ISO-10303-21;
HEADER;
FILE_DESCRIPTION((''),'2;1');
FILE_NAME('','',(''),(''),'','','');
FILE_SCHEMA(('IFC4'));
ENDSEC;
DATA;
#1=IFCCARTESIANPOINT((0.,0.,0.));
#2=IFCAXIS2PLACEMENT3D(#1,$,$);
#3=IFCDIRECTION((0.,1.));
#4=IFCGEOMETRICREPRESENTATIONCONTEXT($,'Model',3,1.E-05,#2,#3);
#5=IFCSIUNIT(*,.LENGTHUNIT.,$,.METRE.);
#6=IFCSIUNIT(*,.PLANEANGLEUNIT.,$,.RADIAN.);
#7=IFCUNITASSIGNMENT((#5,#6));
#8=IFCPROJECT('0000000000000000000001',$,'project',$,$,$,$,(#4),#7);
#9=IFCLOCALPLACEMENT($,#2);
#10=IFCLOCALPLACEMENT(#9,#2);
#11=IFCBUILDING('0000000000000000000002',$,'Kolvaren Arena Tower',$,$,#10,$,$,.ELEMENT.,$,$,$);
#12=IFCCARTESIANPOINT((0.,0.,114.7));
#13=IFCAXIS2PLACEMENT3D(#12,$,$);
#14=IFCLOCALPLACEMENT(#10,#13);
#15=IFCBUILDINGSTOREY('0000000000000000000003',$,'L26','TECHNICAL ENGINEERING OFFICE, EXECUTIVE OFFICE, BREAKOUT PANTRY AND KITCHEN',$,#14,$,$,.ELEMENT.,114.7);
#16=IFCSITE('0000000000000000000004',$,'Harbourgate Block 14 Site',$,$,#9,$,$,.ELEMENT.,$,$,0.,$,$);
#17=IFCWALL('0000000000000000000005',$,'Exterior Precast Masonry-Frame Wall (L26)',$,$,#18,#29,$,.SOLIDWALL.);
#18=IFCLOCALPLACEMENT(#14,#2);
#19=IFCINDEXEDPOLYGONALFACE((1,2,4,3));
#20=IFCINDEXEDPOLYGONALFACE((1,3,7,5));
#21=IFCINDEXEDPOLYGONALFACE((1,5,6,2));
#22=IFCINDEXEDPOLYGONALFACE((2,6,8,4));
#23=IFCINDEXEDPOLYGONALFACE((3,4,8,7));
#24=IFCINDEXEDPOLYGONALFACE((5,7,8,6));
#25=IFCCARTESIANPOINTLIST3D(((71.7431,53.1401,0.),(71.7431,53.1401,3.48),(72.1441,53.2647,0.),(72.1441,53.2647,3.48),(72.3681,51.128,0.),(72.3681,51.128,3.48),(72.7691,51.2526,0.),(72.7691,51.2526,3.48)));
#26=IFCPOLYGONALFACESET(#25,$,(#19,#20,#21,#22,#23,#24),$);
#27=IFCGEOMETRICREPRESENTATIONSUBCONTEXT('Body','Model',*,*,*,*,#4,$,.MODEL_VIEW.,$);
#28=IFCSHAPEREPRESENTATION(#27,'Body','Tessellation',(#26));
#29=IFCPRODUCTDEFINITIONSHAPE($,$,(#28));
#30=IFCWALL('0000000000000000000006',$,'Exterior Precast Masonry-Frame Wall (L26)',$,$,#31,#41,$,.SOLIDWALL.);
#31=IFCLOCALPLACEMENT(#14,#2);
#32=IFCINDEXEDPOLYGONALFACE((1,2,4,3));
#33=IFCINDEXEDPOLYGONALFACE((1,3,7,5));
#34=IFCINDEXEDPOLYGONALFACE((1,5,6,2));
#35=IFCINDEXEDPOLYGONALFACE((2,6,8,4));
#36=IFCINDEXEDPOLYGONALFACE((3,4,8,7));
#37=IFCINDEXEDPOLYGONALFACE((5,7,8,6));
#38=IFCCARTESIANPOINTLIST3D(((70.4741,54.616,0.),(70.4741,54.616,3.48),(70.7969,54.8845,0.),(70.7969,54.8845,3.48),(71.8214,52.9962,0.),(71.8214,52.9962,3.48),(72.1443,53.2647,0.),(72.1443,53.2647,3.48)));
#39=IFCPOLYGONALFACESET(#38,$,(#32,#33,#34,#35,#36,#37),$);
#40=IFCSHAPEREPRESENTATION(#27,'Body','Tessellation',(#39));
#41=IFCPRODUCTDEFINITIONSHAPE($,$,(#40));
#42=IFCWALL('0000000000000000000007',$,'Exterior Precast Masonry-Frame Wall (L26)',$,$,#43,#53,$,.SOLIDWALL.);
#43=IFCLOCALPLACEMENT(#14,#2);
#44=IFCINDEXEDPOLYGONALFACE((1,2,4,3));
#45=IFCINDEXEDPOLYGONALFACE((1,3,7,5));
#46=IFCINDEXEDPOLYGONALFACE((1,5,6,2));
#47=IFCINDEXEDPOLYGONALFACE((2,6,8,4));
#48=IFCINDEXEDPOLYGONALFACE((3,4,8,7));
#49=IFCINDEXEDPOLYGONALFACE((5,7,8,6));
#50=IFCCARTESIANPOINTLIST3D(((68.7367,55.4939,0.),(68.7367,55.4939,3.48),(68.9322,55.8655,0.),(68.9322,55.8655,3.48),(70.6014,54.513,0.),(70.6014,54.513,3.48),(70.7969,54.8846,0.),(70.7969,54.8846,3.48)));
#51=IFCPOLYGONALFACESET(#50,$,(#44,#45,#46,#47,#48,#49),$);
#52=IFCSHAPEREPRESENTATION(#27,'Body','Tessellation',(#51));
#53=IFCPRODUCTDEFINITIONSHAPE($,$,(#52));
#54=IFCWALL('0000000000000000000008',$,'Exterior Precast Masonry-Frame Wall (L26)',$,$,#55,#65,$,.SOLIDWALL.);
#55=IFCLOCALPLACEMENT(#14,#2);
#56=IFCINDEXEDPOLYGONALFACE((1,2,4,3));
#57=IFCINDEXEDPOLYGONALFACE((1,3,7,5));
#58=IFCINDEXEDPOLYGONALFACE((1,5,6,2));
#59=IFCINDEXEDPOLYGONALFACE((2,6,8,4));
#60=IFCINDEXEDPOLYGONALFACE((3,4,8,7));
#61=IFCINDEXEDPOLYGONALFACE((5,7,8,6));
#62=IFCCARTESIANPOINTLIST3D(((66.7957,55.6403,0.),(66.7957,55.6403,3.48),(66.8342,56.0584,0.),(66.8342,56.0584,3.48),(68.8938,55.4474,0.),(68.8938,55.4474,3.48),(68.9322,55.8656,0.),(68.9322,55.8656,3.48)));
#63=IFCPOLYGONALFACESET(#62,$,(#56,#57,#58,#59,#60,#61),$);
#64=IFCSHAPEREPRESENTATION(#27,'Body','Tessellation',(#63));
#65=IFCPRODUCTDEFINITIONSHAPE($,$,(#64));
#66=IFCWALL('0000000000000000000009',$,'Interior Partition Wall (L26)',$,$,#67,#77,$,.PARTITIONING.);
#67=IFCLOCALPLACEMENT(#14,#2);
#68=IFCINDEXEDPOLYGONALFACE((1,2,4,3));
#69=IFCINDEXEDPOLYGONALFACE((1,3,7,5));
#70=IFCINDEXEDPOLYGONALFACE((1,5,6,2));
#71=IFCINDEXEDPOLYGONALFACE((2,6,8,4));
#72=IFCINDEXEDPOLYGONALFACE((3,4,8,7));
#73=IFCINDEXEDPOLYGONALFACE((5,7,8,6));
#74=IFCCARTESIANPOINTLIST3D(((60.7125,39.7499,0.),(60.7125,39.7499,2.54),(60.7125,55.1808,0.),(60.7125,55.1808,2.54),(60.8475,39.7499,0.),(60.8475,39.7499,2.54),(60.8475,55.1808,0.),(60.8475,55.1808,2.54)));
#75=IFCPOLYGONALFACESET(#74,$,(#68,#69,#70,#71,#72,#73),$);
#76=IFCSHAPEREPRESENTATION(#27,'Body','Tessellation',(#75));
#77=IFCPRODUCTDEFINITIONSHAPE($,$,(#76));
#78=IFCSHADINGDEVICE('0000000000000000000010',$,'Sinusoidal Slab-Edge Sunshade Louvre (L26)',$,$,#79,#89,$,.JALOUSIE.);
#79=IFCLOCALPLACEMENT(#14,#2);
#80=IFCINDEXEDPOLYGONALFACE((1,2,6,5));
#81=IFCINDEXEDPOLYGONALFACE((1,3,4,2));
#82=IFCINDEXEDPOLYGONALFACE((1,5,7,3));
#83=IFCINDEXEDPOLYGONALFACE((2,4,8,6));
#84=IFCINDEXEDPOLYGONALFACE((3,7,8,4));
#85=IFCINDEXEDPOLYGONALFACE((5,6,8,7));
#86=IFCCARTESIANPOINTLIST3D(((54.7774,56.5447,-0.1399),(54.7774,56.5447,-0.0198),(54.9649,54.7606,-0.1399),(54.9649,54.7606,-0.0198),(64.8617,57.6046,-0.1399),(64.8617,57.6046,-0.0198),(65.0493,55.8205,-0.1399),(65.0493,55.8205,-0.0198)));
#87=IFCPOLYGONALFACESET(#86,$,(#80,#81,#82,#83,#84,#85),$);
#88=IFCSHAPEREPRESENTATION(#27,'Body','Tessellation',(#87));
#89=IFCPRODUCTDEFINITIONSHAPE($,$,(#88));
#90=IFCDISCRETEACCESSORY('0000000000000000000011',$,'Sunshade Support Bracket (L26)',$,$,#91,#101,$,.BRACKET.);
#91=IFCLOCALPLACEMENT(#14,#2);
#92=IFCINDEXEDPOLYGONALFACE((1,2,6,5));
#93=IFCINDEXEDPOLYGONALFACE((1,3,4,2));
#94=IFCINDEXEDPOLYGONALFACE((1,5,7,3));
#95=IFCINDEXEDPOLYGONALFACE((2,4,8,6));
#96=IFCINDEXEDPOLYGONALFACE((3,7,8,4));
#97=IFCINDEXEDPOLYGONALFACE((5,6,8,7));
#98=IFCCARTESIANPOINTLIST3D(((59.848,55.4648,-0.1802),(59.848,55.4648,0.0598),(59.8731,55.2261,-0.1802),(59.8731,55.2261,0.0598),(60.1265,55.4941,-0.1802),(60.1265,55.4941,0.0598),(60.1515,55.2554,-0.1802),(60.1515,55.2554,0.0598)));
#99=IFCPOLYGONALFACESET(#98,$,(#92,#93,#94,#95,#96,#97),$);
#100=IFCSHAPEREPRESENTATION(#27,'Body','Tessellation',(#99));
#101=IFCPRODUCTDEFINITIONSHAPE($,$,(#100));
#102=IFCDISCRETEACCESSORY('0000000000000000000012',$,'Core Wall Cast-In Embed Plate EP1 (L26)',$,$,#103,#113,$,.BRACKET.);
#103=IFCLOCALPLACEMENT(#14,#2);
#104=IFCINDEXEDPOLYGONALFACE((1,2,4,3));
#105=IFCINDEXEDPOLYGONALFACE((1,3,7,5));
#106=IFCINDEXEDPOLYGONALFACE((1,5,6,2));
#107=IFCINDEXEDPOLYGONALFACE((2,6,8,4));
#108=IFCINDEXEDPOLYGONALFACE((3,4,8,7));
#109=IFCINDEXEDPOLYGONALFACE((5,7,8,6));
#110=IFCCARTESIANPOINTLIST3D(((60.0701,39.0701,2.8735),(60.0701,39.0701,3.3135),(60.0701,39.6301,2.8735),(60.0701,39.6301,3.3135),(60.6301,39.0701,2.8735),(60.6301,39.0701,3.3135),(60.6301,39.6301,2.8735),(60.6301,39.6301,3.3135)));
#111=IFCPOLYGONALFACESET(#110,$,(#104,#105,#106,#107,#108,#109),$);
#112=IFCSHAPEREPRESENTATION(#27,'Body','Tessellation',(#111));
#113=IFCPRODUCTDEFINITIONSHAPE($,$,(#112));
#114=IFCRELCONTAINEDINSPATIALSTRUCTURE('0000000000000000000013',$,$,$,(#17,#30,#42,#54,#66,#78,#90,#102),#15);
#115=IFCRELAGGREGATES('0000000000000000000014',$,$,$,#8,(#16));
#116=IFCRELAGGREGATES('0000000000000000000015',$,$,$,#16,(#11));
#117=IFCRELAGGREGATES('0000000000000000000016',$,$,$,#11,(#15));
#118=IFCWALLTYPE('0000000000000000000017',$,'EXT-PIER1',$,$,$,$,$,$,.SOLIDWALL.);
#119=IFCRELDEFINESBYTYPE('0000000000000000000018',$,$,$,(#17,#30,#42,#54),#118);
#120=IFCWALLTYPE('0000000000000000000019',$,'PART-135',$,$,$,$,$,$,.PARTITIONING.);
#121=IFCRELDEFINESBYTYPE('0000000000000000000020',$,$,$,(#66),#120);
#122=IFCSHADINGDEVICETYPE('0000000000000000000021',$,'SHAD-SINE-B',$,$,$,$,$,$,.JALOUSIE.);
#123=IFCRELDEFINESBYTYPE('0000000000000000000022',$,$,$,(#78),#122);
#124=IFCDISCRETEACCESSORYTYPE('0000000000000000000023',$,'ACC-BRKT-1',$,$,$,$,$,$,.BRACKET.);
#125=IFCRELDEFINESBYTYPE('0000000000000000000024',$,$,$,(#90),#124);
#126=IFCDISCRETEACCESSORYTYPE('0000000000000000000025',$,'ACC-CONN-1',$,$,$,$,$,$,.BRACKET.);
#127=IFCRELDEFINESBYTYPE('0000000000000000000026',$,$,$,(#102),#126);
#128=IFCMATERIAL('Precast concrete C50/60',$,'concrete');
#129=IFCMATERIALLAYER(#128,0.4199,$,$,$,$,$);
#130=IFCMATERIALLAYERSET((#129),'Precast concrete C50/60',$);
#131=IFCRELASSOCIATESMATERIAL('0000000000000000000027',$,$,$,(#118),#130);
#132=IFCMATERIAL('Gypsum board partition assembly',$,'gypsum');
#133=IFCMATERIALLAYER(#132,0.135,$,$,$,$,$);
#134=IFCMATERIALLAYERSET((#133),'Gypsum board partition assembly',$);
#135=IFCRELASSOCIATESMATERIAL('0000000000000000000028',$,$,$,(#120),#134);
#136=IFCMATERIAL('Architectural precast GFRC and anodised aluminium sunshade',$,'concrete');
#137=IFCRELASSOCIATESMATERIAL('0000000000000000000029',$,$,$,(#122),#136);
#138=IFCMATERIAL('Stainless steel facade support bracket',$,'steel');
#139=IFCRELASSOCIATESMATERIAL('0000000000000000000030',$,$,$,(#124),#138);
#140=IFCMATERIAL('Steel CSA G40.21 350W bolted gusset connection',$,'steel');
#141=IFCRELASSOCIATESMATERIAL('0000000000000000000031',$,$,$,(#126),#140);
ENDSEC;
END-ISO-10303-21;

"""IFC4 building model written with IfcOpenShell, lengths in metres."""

from ifc_helpers import new_model, si_unit, direction, frame, frame_2d, origin, origin_2d, place, context, subcontext, project, spatial, rectangle, extrude, material, layer, layer_set, type_object, element, save


model = new_model("IFC4")

# Units and contexts
model_context = context("Model", 3, precision=1e-05, world=origin(), true_north=direction((0.0, 1.0)))
body_context = subcontext(model_context, "Body", "Model", "MODEL_VIEW")
ifc_project = project(units=[si_unit("LENGTHUNIT", "METRE"), si_unit("PLANEANGLEUNIT", "RADIAN")], contexts=[model_context])

# Site, building, storey
site_placement = place(None, origin())
site = spatial("IfcSite", under=ifc_project, at=site_placement, Name="Harbourgate Block 14 Site", CompositionType="ELEMENT", RefElevation=0.0)
building_placement = place(site_placement, origin())
building = spatial("IfcBuilding", under=site, at=building_placement, Name="Kolvaren Arena Tower", CompositionType="ELEMENT")
storey_placement = place(building_placement, frame((0.0, 0.0, 114.7)))
storey = spatial("IfcBuildingStorey", under=building, at=storey_placement, Name="L26", Description="TECHNICAL ENGINEERING OFFICE, EXECUTIVE OFFICE, BREAKOUT PANTRY AND KITCHEN", CompositionType="ELEMENT", Elevation=114.7)

# Shared definitions
ifc_material_1 = material(Name="Precast concrete C50/60", Category="concrete")
ifc_layer_1 = layer(ifc_material_1, 0.4199)
ifc_layer_set_1 = layer_set([ifc_layer_1], Name="Precast concrete C50/60")
wall_type_1 = type_object("IfcWallType", Name="EXT-PIER1", PredefinedType="SOLIDWALL", material=ifc_layer_set_1)

# Walls
for number, where, z_axis, x_axis, name in (
    (1, (71.9436, 53.2024, 0.0), (0.0, 0.0, 1.0), (0.296625, -0.954994, 0.0), "Exterior Precast Masonry-Frame Wall (L26)"),
    (2, (70.6355, 54.7502, 0.0), (0.0, 0.0, 1.0), (0.639489, -0.7688, 0.0), "Exterior Precast Masonry-Frame Wall (L26)"),
    (3, (68.8345, 55.6797, 0.0), (0.0, 0.0, 1.0), (0.885014, -0.465565, 0.0), "Exterior Precast Masonry-Frame Wall (L26)"),
    (4, (66.8149, 55.8494, 0.0), (0.0, 0.0, 1.0), (0.995802, -0.091539, 0.0), "Exterior Precast Masonry-Frame Wall (L26)"),
):
    element("IfcWall", number, at=place(storey_placement, frame(where, z_axis=z_axis, x_axis=x_axis)), inside=storey, type_object=wall_type_1, Name=name, PredefinedType="SOLIDWALL", context=body_context, shape_type="SweptSolid", body=[
        extrude(rectangle(XDim=2.1069, YDim=0.4199, at=frame_2d((1.0535, 0.0))), origin(), (0.0, 0.0, 1.0), 3.48),
    ])
ifc_material_2 = material(Name="Gypsum board partition assembly", Category="gypsum")
ifc_layer_2 = layer(ifc_material_2, 0.135)
ifc_layer_set_2 = layer_set([ifc_layer_2], Name="Gypsum board partition assembly")
wall_type_2 = type_object("IfcWallType", Name="PART-135", PredefinedType="PARTITIONING", material=ifc_layer_set_2)
wall_1_placement = place(storey_placement, frame((60.78, 39.75, 0.0), z_axis=(0.0, 0.0, 1.0), x_axis=(0.0, 1.0, 0.0)))
element("IfcWall", 5, at=wall_1_placement, inside=storey, type_object=wall_type_2, Name="Interior Partition Wall (L26)", PredefinedType="PARTITIONING", context=body_context, shape_type="SweptSolid", body=[
    extrude(rectangle(XDim=15.4309, YDim=0.135, at=frame_2d((7.7153, 0.0))), origin(), (0.0, 0.0, 1.0), 2.54),
])

# Shading device
ifc_material_3 = material(Name="Architectural precast GFRC and anodised aluminium sunshade", Category="concrete")
shading_device_type = type_object("IfcShadingDeviceType", Name="SHAD-SINE-B", PredefinedType="JALOUSIE", material=ifc_material_3)
shading_device_placement = place(storey_placement, frame((59.9133, 56.1826, -0.1399), z_axis=(0.0, 0.0, 1.0), x_axis=(0.994522, 0.104527, 0.0)))
element("IfcShadingDevice", 6, at=shading_device_placement, inside=storey, type_object=shading_device_type, Name="Sinusoidal Slab-Edge Sunshade Louvre (L26)", PredefinedType="JALOUSIE", context=body_context, shape_type="SweptSolid", body=[
    extrude(rectangle(XDim=10.1399, YDim=1.7939, at=origin_2d()), origin(), (0.0, 0.0, 1.0), 0.1201),
])

# Discrete accessories
ifc_material_4 = material(Name="Stainless steel facade support bracket", Category="steel")
discrete_accessory_type_1 = type_object("IfcDiscreteAccessoryType", Name="ACC-BRKT-1", PredefinedType="BRACKET", material=ifc_material_4)
discrete_accessory_1_placement = place(storey_placement, frame((59.9998, 55.3601, -0.1802), z_axis=(0.0, 0.0, 1.0), x_axis=(0.994522, 0.104527, 0.0)))
element("IfcDiscreteAccessory", 7, at=discrete_accessory_1_placement, inside=storey, type_object=discrete_accessory_type_1, Name="Sunshade Support Bracket (L26)", PredefinedType="BRACKET", context=body_context, shape_type="SweptSolid", body=[
    extrude(rectangle(XDim=0.28, YDim=0.24, at=origin_2d()), origin(), (0.0, 0.0, 1.0), 0.24),
])
ifc_material_5 = material(Name="Steel CSA G40.21 350W bolted gusset connection", Category="steel")
discrete_accessory_type_2 = type_object("IfcDiscreteAccessoryType", Name="ACC-CONN-1", PredefinedType="BRACKET", material=ifc_material_5)
discrete_accessory_2_placement = place(storey_placement, frame((60.3501, 39.3501, 2.8735), z_axis=(0.0, 0.0, 1.0), x_axis=(1.0, 0.0, 0.0)))
element("IfcDiscreteAccessory", 8, at=discrete_accessory_2_placement, inside=storey, type_object=discrete_accessory_type_2, Name="Core Wall Cast-In Embed Plate EP1 (L26)", PredefinedType="BRACKET", context=body_context, shape_type="SweptSolid", body=[
    extrude(rectangle(XDim=0.5601, YDim=0.5601, at=origin_2d()), origin(), (0.0, 0.0, 1.0), 0.4399),
])

save(model, "model.ifc")
